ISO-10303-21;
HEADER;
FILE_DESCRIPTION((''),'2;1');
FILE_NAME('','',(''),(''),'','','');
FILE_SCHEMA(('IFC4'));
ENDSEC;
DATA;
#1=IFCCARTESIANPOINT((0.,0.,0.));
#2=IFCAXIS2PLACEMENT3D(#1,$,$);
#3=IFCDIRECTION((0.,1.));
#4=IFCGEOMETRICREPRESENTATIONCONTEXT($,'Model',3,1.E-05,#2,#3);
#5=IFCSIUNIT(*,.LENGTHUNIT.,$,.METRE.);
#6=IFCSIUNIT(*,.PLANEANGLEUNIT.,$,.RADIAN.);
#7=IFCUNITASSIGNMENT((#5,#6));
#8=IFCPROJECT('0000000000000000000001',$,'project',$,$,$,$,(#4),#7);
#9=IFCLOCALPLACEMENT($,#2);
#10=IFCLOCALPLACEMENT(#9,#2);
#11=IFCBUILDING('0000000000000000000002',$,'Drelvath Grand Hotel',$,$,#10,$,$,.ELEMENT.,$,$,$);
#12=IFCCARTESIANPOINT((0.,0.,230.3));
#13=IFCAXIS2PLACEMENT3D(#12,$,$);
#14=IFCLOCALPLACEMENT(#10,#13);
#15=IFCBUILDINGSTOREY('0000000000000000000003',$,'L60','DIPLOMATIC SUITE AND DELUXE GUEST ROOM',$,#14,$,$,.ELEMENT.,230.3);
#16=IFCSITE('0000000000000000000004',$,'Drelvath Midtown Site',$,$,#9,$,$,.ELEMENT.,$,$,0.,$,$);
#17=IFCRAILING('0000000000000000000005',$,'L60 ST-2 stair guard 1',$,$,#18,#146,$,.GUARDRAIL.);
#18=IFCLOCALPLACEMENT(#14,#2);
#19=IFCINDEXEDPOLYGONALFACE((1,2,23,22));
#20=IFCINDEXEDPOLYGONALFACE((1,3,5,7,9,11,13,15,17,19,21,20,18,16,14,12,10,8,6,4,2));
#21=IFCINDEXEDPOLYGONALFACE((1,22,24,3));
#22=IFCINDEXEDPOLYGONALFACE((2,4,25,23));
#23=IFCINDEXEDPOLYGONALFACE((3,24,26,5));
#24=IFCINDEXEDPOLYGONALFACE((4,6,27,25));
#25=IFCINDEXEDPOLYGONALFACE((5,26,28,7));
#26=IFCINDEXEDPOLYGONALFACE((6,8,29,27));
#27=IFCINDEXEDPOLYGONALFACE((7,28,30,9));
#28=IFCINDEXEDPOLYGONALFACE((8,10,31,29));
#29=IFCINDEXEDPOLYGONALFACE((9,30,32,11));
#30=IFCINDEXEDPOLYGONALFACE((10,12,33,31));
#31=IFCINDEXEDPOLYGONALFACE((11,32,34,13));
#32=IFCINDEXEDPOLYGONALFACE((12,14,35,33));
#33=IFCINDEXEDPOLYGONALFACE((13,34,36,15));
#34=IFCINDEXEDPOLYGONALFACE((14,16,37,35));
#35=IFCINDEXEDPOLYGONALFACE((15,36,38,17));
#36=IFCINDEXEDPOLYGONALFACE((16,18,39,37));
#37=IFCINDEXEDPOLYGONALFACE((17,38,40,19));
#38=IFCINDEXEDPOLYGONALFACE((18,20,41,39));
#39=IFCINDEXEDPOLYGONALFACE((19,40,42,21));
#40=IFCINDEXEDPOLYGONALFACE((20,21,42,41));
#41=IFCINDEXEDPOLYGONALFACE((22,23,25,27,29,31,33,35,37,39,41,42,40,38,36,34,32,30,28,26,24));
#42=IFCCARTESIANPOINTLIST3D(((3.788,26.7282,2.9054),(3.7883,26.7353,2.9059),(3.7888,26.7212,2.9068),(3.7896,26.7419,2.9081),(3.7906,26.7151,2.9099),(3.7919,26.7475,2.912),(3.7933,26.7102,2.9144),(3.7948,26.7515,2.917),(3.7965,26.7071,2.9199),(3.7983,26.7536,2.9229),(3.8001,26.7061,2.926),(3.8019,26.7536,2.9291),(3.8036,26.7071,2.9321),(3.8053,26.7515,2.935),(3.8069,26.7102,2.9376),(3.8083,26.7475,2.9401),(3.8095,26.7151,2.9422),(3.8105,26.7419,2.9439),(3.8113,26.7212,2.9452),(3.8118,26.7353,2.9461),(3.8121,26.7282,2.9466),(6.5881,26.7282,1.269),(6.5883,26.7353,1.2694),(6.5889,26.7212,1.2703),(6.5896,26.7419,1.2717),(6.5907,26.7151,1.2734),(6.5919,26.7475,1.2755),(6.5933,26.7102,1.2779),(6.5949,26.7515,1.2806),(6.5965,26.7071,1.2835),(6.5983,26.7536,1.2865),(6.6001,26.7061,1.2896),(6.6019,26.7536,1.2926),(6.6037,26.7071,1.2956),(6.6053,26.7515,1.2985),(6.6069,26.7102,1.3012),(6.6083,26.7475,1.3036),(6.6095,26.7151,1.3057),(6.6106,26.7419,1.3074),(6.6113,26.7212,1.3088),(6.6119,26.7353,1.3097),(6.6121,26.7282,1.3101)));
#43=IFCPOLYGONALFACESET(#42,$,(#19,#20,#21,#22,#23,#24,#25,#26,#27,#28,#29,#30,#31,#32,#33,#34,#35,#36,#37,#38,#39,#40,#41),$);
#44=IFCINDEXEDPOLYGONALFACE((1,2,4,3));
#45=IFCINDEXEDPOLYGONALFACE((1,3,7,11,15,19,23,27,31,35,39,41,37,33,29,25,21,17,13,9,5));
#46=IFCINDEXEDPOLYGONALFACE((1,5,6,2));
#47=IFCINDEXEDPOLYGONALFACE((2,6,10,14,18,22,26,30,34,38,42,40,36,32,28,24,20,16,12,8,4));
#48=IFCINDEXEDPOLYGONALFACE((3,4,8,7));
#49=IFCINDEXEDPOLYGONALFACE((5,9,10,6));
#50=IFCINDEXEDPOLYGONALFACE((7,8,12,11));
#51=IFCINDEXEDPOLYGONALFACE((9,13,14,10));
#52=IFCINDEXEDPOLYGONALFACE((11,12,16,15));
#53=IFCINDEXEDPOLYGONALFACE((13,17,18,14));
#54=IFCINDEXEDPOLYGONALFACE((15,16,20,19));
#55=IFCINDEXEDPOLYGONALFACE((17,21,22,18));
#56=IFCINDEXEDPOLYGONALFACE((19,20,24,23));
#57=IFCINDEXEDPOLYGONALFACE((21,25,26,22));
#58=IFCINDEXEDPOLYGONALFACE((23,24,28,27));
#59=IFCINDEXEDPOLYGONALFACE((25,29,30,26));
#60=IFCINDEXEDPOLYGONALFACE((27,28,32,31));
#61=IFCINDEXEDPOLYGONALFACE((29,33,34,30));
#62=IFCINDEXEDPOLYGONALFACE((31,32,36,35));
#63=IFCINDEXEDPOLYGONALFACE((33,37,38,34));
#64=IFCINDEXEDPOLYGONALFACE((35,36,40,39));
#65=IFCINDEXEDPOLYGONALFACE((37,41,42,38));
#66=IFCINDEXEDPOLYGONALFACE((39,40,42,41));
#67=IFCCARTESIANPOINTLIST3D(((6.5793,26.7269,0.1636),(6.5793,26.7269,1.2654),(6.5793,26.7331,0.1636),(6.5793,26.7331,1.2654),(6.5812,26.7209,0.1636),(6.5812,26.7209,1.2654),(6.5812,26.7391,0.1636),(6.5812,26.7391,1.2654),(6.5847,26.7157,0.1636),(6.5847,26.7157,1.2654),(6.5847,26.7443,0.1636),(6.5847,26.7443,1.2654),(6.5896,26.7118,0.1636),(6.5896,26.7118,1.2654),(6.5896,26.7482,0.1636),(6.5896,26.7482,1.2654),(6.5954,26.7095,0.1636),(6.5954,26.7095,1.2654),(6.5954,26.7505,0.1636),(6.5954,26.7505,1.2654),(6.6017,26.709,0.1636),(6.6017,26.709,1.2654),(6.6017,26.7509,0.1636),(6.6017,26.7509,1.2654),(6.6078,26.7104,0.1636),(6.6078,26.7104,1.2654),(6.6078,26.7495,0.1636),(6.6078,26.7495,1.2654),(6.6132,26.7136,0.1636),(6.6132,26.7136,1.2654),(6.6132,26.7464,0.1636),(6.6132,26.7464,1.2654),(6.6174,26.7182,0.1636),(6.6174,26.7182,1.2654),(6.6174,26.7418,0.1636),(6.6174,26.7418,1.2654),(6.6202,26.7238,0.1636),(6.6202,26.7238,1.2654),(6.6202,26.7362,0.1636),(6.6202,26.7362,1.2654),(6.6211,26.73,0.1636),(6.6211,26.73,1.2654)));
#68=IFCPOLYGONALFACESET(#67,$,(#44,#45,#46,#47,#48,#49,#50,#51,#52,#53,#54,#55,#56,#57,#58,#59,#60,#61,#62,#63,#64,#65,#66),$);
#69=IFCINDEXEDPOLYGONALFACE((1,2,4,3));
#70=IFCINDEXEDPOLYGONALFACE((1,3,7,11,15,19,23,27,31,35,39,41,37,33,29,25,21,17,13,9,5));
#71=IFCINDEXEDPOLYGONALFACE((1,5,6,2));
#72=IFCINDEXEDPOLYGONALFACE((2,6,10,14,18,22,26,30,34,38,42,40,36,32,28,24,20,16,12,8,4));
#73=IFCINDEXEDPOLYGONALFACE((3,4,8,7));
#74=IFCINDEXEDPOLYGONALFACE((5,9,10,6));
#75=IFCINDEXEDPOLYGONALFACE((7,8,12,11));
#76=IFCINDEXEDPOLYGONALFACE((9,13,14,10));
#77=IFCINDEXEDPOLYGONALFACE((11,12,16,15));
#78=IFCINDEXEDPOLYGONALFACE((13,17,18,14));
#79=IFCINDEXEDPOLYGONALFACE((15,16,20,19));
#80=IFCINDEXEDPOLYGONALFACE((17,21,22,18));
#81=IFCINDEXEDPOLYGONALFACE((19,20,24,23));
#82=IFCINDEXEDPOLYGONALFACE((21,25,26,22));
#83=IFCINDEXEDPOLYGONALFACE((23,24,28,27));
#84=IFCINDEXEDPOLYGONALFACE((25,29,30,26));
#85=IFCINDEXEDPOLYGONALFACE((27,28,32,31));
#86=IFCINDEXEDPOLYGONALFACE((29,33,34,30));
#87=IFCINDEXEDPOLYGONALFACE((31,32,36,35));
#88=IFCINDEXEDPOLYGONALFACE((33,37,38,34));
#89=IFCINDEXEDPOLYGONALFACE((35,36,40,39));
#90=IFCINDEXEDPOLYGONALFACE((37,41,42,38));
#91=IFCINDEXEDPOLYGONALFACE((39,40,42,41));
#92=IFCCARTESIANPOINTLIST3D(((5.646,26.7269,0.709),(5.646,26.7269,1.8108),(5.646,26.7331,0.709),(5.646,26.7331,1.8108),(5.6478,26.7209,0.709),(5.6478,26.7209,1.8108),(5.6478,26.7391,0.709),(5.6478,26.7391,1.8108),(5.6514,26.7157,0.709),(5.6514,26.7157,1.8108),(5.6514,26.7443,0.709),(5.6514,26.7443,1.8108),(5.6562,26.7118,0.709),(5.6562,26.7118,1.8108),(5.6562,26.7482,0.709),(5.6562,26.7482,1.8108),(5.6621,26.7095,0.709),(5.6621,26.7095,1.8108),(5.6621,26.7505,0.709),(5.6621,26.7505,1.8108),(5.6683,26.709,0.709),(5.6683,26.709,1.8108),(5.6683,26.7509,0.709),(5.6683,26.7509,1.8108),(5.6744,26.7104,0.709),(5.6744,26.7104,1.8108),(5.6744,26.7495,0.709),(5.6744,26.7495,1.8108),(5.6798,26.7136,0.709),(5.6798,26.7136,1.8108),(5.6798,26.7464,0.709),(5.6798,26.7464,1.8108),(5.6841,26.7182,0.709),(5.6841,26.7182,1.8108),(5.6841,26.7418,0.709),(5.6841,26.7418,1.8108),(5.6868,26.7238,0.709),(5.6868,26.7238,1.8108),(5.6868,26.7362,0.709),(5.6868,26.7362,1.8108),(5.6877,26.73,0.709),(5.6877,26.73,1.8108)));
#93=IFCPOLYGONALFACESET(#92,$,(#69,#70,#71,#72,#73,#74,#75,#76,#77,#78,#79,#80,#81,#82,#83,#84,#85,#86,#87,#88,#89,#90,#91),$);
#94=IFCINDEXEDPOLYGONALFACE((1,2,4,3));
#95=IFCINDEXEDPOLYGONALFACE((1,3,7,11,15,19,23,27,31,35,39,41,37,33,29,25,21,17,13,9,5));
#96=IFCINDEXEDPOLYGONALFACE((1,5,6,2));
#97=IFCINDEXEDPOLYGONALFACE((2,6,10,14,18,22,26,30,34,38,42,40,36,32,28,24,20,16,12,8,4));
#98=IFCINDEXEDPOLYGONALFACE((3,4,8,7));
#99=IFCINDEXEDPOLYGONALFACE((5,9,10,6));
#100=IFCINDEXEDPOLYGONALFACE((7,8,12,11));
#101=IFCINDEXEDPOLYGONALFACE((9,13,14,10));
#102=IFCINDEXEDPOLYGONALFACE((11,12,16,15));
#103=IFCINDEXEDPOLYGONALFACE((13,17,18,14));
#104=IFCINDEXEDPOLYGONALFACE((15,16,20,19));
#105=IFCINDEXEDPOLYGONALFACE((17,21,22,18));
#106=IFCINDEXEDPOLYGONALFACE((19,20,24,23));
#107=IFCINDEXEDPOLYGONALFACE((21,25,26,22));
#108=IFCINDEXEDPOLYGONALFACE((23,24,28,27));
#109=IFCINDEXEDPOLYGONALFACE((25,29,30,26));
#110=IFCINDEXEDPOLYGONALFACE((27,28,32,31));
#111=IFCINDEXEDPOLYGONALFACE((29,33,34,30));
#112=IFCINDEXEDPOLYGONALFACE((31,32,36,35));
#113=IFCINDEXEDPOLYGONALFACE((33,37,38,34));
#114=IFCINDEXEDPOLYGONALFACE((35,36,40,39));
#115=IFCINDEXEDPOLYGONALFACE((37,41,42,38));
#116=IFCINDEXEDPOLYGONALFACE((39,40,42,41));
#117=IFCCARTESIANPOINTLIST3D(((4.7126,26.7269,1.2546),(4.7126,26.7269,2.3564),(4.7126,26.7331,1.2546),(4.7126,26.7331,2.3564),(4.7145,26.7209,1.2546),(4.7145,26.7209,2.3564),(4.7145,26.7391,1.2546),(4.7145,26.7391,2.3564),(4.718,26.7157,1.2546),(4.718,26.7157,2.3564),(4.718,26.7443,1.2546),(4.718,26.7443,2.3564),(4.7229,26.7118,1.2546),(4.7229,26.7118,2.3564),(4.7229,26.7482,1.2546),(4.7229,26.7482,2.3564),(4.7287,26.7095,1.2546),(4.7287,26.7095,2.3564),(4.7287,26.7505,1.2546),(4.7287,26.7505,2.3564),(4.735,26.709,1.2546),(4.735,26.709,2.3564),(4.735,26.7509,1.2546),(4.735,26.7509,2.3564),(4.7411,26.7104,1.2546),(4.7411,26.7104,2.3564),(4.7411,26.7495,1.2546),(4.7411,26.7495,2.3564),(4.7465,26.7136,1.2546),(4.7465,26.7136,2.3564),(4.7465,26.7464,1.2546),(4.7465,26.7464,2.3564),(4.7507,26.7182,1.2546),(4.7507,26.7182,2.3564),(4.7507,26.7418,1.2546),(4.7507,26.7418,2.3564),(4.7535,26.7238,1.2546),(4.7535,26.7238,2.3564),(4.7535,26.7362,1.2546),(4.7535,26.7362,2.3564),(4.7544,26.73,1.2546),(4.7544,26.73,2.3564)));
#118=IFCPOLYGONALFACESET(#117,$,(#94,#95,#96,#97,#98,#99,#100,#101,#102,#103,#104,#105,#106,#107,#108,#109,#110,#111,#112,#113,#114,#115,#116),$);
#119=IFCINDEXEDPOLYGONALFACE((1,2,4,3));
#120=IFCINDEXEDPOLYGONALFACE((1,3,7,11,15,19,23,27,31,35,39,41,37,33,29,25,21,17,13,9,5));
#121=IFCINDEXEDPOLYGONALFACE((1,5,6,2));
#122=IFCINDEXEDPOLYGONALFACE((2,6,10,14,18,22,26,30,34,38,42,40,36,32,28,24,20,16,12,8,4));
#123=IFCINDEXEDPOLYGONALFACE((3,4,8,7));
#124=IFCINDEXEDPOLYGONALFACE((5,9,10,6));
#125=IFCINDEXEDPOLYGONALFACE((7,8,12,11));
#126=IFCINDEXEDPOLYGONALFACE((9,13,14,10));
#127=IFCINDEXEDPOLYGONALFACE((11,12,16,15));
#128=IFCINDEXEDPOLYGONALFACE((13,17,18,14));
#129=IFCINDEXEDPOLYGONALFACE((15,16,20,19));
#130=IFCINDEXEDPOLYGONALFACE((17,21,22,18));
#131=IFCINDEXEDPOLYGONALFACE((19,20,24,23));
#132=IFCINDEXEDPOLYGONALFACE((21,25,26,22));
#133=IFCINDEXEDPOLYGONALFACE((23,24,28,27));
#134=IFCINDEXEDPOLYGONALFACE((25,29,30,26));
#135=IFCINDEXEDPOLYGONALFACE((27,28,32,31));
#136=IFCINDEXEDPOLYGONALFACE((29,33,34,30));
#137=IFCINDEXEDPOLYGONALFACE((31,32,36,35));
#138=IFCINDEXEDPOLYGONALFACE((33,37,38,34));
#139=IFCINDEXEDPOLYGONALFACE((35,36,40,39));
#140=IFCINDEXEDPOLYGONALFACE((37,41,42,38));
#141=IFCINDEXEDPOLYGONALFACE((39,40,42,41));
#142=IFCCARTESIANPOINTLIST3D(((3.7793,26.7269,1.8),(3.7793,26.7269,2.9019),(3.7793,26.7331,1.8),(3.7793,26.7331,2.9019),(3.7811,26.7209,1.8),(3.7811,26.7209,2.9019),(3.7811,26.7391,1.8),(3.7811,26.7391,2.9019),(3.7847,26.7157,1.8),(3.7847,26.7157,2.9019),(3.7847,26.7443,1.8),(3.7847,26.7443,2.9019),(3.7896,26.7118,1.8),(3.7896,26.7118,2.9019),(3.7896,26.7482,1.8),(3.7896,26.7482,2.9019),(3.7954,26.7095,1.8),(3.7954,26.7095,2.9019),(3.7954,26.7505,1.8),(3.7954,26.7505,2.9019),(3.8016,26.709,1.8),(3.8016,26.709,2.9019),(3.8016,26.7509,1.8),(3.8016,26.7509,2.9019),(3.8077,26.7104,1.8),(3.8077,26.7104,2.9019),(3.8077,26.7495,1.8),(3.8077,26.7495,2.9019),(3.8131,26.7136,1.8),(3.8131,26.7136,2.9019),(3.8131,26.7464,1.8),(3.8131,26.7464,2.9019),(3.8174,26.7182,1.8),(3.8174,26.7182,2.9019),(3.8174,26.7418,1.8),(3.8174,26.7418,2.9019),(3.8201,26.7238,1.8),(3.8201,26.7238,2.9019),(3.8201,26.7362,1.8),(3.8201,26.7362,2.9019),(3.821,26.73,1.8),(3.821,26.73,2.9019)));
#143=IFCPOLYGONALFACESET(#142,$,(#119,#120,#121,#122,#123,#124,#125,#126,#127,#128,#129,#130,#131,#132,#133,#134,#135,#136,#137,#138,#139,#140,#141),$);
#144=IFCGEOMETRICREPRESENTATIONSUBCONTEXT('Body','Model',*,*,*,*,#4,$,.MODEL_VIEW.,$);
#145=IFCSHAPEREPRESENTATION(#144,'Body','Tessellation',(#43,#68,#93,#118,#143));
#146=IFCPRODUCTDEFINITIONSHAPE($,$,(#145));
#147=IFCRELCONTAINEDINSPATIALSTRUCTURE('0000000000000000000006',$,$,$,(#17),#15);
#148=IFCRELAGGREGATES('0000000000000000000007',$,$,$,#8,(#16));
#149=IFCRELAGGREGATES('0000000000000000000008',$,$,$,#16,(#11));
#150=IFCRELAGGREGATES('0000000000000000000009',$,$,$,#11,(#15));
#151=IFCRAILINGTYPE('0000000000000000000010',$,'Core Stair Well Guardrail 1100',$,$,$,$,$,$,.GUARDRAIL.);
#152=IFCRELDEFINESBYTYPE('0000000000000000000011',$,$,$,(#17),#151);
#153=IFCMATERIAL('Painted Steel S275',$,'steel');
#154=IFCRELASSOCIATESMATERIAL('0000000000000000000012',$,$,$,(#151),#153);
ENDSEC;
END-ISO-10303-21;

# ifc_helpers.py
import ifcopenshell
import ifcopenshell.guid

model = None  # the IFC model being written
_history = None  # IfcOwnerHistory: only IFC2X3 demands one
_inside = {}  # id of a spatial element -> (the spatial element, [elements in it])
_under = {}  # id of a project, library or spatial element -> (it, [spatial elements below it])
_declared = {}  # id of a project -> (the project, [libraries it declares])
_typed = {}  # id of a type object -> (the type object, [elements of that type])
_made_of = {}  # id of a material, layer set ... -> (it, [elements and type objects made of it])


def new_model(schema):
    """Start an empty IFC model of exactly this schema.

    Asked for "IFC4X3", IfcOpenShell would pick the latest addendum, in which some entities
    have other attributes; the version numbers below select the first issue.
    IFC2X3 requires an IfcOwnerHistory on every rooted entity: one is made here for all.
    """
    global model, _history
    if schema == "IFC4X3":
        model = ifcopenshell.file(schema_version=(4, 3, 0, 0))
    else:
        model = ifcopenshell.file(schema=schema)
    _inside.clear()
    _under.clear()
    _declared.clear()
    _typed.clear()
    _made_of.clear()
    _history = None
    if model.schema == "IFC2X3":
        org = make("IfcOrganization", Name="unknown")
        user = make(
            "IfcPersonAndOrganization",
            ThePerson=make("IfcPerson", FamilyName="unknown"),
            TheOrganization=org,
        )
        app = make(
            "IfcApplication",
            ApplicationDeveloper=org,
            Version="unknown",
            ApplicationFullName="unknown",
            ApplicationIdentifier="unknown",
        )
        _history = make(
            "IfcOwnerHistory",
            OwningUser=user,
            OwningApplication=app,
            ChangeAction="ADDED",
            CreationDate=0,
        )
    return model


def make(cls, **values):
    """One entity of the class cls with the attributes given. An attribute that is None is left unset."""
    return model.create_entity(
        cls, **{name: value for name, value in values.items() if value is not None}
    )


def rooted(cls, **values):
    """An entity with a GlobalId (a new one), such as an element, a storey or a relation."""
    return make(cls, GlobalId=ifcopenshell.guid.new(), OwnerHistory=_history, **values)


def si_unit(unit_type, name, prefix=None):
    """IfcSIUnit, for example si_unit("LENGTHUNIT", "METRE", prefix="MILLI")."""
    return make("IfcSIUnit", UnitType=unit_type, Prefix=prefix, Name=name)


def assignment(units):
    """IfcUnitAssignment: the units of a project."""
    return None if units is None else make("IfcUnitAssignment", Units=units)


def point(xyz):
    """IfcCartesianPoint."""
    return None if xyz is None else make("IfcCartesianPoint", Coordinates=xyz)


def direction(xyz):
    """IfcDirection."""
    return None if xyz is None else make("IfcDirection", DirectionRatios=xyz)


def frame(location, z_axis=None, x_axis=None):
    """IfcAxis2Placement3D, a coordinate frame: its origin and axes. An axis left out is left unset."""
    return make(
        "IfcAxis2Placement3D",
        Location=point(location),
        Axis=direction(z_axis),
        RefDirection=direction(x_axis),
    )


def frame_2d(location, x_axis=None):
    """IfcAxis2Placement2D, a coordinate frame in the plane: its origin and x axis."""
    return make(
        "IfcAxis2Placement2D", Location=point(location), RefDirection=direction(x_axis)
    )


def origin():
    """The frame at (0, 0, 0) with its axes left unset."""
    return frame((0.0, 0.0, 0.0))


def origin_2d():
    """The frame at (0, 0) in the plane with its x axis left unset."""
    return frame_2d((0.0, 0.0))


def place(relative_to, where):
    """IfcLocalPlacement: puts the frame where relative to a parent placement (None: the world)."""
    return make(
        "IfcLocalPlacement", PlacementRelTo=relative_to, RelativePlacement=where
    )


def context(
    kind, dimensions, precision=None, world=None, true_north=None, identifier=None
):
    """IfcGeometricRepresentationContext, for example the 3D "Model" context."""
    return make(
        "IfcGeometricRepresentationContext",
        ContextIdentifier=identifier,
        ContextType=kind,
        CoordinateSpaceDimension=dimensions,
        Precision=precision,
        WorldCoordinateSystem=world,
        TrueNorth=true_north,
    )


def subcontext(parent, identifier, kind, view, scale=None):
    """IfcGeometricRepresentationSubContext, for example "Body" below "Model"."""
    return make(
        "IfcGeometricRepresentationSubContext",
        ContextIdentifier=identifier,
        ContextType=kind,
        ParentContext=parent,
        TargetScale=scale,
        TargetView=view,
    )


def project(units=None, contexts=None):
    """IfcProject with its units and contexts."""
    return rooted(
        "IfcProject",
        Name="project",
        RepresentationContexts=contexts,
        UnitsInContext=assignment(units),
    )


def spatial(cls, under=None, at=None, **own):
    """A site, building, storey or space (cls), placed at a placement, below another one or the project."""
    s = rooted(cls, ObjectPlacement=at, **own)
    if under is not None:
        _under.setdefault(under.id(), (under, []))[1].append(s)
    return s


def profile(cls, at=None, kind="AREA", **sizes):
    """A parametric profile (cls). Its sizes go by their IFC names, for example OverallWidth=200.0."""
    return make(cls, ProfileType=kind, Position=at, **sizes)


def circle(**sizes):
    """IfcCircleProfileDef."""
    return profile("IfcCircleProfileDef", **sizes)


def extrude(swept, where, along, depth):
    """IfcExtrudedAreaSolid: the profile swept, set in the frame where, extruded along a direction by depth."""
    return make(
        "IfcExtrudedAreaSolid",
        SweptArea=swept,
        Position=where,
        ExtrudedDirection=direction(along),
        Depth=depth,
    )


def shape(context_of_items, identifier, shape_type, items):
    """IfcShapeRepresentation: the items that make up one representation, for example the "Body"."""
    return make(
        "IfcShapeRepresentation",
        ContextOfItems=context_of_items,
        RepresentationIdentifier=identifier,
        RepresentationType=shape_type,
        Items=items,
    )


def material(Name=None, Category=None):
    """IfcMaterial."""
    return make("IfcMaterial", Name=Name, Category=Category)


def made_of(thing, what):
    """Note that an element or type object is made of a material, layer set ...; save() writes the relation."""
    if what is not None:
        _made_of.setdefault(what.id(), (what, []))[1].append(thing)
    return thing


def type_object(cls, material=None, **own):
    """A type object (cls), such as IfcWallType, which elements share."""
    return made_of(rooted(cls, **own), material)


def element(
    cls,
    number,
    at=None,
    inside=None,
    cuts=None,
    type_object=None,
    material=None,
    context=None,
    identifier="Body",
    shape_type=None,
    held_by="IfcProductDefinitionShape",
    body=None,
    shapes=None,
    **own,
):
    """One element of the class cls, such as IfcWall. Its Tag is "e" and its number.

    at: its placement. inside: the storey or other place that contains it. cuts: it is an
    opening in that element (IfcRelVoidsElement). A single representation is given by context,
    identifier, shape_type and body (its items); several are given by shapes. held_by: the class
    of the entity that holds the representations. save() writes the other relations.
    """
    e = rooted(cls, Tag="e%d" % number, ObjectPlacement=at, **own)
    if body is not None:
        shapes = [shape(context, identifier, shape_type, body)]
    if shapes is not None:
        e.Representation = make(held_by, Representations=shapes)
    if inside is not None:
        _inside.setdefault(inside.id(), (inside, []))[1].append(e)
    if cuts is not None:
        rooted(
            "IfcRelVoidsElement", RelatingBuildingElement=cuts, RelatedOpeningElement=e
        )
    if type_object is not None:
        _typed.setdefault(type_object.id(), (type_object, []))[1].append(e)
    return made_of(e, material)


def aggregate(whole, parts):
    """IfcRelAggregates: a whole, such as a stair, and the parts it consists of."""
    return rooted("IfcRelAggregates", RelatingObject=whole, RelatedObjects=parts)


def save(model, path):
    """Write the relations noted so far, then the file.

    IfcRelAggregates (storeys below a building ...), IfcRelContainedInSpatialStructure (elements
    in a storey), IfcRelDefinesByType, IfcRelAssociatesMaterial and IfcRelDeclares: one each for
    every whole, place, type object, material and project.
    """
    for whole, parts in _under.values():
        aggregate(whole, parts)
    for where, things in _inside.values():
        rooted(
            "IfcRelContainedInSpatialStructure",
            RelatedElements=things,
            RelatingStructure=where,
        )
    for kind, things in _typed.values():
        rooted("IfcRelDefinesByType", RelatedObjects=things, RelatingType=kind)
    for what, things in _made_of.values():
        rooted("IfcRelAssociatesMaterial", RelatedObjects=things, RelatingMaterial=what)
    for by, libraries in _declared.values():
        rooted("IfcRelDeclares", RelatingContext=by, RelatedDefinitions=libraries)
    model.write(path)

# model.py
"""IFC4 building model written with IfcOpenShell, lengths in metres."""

from ifc_helpers import new_model, si_unit, direction, frame, origin, origin_2d, place, context, subcontext, project, spatial, circle, extrude, material, type_object, element, save


model = new_model("IFC4")

# Units and contexts
model_context = context("Model", 3, precision=1e-05, world=origin(), true_north=direction((0.0, 1.0)))
body_context = subcontext(model_context, "Body", "Model", "MODEL_VIEW")
ifc_project = project(units=[si_unit("LENGTHUNIT", "METRE"), si_unit("PLANEANGLEUNIT", "RADIAN")], contexts=[model_context])

# Site, building, storey
site_placement = place(None, origin())
site = spatial("IfcSite", under=ifc_project, at=site_placement, Name="Drelvath Midtown Site", CompositionType="ELEMENT", RefElevation=0.0)
building_placement = place(site_placement, origin())
building = spatial("IfcBuilding", under=site, at=building_placement, Name="Drelvath Grand Hotel", CompositionType="ELEMENT")
storey_placement = place(building_placement, frame((0.0, 0.0, 230.3)))
storey = spatial("IfcBuildingStorey", under=building, at=storey_placement, Name="L60", Description="DIPLOMATIC SUITE AND DELUXE GUEST ROOM", CompositionType="ELEMENT", Elevation=230.3)

# Shared definitions
ifc_material_1 = material(Name="Painted Steel S275", Category="steel")

# Railing
railing_type_1 = type_object("IfcRailingType", Name="Core Stair Well Guardrail 1100", PredefinedType="GUARDRAIL", material=ifc_material_1)
railing_1_placement = place(storey_placement, frame((6.6001, 26.73, 0.1636)))
element("IfcRailing", 1, at=railing_1_placement, inside=storey, type_object=railing_type_1, Name="L60 ST-2 stair guard 1", PredefinedType="GUARDRAIL", context=body_context, shape_type="SweptSolid", body=[
    extrude(circle(Radius=0.0239, at=origin_2d()), frame((0.0, 0.0, 1.126), z_axis=(-0.863361, 0.0, 0.504587), x_axis=(0.0, -1.0, 0.0)), (0.0, 0.0, 1.0), 3.2432),
    extrude(circle(Radius=0.021, at=origin_2d()), origin(), (0.0, 0.0, 1.0), 1.1018),
    extrude(circle(Radius=0.021, at=origin_2d()), frame((-0.9333, 0.0, 0.5454)), (0.0, 0.0, 1.0), 1.1018),
    extrude(circle(Radius=0.021, at=origin_2d()), frame((-1.8667, 0.0, 1.0911)), (0.0, 0.0, 1.0), 1.1018),
    extrude(circle(Radius=0.021, at=origin_2d()), frame((-2.8, 0.0, 1.6365)), (0.0, 0.0, 1.0), 1.1018),
])

save(model, "model.ifc")
